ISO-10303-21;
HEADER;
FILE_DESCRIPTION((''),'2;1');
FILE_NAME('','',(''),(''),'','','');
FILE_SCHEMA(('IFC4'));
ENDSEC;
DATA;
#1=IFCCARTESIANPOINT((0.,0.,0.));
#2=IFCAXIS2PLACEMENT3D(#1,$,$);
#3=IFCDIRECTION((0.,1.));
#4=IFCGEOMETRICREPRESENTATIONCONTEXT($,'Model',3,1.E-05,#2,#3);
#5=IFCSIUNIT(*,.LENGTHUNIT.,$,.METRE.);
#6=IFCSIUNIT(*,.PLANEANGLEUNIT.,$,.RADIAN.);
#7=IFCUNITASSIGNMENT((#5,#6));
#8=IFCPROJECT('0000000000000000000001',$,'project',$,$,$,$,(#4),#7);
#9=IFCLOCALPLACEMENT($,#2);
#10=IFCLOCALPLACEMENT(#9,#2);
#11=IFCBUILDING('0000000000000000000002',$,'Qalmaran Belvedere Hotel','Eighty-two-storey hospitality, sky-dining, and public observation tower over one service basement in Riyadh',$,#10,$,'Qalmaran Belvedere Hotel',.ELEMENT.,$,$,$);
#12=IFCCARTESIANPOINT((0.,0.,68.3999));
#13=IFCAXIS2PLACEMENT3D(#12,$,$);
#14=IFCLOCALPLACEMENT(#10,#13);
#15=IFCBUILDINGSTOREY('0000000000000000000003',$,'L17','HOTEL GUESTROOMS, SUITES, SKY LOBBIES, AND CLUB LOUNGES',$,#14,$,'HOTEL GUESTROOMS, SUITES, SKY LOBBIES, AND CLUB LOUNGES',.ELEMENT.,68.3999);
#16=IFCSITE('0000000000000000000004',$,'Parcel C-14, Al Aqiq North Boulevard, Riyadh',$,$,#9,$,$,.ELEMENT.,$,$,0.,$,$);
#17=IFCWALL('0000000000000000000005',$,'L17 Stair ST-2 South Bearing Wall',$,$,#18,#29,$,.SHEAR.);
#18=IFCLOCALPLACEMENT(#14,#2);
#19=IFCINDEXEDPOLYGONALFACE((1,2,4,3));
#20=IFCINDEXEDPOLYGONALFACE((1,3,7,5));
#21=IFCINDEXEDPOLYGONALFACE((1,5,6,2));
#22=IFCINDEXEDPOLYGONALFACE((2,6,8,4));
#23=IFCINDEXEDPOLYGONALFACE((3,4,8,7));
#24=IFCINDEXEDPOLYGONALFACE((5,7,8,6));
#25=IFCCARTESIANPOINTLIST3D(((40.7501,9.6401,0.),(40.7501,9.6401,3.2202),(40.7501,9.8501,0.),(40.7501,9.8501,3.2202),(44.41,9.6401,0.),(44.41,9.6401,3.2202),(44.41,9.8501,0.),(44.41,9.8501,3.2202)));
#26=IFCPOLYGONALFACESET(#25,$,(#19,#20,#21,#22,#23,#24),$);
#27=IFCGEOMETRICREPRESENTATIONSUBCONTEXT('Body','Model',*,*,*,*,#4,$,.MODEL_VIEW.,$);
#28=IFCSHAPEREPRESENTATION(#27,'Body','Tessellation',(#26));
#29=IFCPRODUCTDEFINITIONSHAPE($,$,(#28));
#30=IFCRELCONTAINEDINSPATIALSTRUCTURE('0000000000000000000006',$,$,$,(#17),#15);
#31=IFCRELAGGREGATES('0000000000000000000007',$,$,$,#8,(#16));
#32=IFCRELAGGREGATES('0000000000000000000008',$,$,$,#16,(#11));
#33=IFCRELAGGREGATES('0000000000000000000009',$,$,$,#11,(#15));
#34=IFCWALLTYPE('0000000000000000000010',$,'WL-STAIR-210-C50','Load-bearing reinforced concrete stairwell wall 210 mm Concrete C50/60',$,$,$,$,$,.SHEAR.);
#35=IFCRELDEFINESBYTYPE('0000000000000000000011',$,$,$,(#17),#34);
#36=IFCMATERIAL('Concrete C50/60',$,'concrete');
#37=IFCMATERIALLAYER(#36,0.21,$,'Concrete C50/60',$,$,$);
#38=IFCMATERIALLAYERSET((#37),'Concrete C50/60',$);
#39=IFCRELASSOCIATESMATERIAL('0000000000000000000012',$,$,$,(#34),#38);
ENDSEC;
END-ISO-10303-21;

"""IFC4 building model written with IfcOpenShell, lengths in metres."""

from ifc_helpers import new_model, si_unit, direction, frame, frame_2d, origin, place, context, subcontext, project, spatial, rectangle, extrude, material, layer, layer_set, type_object, element, save


model = new_model("IFC4")

# Units and contexts
model_context = context("Model", 3, precision=1e-05, world=origin(), true_north=direction((0.0, 1.0)))
body_context = subcontext(model_context, "Body", "Model", "MODEL_VIEW")
ifc_project = project(units=[si_unit("LENGTHUNIT", "METRE"), si_unit("PLANEANGLEUNIT", "RADIAN")], contexts=[model_context])

# Site, building, storey
site_placement = place(None, origin())
site = spatial("IfcSite", under=ifc_project, at=site_placement, Name="Parcel C-14, Al Aqiq North Boulevard, Riyadh", CompositionType="ELEMENT", RefElevation=0.0)
building_placement = place(site_placement, origin())
building = spatial("IfcBuilding", under=site, at=building_placement, Name="Qalmaran Belvedere Hotel", Description="Eighty-two-storey hospitality, sky-dining, and public observation tower over one service basement in Riyadh", LongName="Qalmaran Belvedere Hotel", CompositionType="ELEMENT")
storey_placement = place(building_placement, frame((0.0, 0.0, 68.3999)))
storey = spatial("IfcBuildingStorey", under=building, at=storey_placement, Name="L17", Description="HOTEL GUESTROOMS, SUITES, SKY LOBBIES, AND CLUB LOUNGES", LongName="HOTEL GUESTROOMS, SUITES, SKY LOBBIES, AND CLUB LOUNGES", CompositionType="ELEMENT", Elevation=68.3999)

# Wall
ifc_material_1 = material(Name="Concrete C50/60", Category="concrete")
ifc_layer_1 = layer(ifc_material_1, 0.21, Name="Concrete C50/60")
ifc_layer_set_1 = layer_set([ifc_layer_1], Name="Concrete C50/60")
wall_type_1 = type_object("IfcWallType", Name="WL-STAIR-210-C50", Description="Load-bearing reinforced concrete stairwell wall 210 mm Concrete C50/60", PredefinedType="SHEAR", material=ifc_layer_set_1)
wall_1_placement = place(storey_placement, frame((40.75, 9.7451, 0.0), z_axis=(0.0, 0.0, 1.0), x_axis=(1.0, 0.0, 0.0)))
element("IfcWall", 1, at=wall_1_placement, inside=storey, type_object=wall_type_1, Name="L17 Stair ST-2 South Bearing Wall", PredefinedType="SHEAR", context=body_context, shape_type="SweptSolid", body=[
    extrude(rectangle(XDim=3.6599, YDim=0.21, at=frame_2d((1.8301, 0.0))), origin(), (0.0, 0.0, 1.0), 3.2202),
])

save(model, "model.ifc")
